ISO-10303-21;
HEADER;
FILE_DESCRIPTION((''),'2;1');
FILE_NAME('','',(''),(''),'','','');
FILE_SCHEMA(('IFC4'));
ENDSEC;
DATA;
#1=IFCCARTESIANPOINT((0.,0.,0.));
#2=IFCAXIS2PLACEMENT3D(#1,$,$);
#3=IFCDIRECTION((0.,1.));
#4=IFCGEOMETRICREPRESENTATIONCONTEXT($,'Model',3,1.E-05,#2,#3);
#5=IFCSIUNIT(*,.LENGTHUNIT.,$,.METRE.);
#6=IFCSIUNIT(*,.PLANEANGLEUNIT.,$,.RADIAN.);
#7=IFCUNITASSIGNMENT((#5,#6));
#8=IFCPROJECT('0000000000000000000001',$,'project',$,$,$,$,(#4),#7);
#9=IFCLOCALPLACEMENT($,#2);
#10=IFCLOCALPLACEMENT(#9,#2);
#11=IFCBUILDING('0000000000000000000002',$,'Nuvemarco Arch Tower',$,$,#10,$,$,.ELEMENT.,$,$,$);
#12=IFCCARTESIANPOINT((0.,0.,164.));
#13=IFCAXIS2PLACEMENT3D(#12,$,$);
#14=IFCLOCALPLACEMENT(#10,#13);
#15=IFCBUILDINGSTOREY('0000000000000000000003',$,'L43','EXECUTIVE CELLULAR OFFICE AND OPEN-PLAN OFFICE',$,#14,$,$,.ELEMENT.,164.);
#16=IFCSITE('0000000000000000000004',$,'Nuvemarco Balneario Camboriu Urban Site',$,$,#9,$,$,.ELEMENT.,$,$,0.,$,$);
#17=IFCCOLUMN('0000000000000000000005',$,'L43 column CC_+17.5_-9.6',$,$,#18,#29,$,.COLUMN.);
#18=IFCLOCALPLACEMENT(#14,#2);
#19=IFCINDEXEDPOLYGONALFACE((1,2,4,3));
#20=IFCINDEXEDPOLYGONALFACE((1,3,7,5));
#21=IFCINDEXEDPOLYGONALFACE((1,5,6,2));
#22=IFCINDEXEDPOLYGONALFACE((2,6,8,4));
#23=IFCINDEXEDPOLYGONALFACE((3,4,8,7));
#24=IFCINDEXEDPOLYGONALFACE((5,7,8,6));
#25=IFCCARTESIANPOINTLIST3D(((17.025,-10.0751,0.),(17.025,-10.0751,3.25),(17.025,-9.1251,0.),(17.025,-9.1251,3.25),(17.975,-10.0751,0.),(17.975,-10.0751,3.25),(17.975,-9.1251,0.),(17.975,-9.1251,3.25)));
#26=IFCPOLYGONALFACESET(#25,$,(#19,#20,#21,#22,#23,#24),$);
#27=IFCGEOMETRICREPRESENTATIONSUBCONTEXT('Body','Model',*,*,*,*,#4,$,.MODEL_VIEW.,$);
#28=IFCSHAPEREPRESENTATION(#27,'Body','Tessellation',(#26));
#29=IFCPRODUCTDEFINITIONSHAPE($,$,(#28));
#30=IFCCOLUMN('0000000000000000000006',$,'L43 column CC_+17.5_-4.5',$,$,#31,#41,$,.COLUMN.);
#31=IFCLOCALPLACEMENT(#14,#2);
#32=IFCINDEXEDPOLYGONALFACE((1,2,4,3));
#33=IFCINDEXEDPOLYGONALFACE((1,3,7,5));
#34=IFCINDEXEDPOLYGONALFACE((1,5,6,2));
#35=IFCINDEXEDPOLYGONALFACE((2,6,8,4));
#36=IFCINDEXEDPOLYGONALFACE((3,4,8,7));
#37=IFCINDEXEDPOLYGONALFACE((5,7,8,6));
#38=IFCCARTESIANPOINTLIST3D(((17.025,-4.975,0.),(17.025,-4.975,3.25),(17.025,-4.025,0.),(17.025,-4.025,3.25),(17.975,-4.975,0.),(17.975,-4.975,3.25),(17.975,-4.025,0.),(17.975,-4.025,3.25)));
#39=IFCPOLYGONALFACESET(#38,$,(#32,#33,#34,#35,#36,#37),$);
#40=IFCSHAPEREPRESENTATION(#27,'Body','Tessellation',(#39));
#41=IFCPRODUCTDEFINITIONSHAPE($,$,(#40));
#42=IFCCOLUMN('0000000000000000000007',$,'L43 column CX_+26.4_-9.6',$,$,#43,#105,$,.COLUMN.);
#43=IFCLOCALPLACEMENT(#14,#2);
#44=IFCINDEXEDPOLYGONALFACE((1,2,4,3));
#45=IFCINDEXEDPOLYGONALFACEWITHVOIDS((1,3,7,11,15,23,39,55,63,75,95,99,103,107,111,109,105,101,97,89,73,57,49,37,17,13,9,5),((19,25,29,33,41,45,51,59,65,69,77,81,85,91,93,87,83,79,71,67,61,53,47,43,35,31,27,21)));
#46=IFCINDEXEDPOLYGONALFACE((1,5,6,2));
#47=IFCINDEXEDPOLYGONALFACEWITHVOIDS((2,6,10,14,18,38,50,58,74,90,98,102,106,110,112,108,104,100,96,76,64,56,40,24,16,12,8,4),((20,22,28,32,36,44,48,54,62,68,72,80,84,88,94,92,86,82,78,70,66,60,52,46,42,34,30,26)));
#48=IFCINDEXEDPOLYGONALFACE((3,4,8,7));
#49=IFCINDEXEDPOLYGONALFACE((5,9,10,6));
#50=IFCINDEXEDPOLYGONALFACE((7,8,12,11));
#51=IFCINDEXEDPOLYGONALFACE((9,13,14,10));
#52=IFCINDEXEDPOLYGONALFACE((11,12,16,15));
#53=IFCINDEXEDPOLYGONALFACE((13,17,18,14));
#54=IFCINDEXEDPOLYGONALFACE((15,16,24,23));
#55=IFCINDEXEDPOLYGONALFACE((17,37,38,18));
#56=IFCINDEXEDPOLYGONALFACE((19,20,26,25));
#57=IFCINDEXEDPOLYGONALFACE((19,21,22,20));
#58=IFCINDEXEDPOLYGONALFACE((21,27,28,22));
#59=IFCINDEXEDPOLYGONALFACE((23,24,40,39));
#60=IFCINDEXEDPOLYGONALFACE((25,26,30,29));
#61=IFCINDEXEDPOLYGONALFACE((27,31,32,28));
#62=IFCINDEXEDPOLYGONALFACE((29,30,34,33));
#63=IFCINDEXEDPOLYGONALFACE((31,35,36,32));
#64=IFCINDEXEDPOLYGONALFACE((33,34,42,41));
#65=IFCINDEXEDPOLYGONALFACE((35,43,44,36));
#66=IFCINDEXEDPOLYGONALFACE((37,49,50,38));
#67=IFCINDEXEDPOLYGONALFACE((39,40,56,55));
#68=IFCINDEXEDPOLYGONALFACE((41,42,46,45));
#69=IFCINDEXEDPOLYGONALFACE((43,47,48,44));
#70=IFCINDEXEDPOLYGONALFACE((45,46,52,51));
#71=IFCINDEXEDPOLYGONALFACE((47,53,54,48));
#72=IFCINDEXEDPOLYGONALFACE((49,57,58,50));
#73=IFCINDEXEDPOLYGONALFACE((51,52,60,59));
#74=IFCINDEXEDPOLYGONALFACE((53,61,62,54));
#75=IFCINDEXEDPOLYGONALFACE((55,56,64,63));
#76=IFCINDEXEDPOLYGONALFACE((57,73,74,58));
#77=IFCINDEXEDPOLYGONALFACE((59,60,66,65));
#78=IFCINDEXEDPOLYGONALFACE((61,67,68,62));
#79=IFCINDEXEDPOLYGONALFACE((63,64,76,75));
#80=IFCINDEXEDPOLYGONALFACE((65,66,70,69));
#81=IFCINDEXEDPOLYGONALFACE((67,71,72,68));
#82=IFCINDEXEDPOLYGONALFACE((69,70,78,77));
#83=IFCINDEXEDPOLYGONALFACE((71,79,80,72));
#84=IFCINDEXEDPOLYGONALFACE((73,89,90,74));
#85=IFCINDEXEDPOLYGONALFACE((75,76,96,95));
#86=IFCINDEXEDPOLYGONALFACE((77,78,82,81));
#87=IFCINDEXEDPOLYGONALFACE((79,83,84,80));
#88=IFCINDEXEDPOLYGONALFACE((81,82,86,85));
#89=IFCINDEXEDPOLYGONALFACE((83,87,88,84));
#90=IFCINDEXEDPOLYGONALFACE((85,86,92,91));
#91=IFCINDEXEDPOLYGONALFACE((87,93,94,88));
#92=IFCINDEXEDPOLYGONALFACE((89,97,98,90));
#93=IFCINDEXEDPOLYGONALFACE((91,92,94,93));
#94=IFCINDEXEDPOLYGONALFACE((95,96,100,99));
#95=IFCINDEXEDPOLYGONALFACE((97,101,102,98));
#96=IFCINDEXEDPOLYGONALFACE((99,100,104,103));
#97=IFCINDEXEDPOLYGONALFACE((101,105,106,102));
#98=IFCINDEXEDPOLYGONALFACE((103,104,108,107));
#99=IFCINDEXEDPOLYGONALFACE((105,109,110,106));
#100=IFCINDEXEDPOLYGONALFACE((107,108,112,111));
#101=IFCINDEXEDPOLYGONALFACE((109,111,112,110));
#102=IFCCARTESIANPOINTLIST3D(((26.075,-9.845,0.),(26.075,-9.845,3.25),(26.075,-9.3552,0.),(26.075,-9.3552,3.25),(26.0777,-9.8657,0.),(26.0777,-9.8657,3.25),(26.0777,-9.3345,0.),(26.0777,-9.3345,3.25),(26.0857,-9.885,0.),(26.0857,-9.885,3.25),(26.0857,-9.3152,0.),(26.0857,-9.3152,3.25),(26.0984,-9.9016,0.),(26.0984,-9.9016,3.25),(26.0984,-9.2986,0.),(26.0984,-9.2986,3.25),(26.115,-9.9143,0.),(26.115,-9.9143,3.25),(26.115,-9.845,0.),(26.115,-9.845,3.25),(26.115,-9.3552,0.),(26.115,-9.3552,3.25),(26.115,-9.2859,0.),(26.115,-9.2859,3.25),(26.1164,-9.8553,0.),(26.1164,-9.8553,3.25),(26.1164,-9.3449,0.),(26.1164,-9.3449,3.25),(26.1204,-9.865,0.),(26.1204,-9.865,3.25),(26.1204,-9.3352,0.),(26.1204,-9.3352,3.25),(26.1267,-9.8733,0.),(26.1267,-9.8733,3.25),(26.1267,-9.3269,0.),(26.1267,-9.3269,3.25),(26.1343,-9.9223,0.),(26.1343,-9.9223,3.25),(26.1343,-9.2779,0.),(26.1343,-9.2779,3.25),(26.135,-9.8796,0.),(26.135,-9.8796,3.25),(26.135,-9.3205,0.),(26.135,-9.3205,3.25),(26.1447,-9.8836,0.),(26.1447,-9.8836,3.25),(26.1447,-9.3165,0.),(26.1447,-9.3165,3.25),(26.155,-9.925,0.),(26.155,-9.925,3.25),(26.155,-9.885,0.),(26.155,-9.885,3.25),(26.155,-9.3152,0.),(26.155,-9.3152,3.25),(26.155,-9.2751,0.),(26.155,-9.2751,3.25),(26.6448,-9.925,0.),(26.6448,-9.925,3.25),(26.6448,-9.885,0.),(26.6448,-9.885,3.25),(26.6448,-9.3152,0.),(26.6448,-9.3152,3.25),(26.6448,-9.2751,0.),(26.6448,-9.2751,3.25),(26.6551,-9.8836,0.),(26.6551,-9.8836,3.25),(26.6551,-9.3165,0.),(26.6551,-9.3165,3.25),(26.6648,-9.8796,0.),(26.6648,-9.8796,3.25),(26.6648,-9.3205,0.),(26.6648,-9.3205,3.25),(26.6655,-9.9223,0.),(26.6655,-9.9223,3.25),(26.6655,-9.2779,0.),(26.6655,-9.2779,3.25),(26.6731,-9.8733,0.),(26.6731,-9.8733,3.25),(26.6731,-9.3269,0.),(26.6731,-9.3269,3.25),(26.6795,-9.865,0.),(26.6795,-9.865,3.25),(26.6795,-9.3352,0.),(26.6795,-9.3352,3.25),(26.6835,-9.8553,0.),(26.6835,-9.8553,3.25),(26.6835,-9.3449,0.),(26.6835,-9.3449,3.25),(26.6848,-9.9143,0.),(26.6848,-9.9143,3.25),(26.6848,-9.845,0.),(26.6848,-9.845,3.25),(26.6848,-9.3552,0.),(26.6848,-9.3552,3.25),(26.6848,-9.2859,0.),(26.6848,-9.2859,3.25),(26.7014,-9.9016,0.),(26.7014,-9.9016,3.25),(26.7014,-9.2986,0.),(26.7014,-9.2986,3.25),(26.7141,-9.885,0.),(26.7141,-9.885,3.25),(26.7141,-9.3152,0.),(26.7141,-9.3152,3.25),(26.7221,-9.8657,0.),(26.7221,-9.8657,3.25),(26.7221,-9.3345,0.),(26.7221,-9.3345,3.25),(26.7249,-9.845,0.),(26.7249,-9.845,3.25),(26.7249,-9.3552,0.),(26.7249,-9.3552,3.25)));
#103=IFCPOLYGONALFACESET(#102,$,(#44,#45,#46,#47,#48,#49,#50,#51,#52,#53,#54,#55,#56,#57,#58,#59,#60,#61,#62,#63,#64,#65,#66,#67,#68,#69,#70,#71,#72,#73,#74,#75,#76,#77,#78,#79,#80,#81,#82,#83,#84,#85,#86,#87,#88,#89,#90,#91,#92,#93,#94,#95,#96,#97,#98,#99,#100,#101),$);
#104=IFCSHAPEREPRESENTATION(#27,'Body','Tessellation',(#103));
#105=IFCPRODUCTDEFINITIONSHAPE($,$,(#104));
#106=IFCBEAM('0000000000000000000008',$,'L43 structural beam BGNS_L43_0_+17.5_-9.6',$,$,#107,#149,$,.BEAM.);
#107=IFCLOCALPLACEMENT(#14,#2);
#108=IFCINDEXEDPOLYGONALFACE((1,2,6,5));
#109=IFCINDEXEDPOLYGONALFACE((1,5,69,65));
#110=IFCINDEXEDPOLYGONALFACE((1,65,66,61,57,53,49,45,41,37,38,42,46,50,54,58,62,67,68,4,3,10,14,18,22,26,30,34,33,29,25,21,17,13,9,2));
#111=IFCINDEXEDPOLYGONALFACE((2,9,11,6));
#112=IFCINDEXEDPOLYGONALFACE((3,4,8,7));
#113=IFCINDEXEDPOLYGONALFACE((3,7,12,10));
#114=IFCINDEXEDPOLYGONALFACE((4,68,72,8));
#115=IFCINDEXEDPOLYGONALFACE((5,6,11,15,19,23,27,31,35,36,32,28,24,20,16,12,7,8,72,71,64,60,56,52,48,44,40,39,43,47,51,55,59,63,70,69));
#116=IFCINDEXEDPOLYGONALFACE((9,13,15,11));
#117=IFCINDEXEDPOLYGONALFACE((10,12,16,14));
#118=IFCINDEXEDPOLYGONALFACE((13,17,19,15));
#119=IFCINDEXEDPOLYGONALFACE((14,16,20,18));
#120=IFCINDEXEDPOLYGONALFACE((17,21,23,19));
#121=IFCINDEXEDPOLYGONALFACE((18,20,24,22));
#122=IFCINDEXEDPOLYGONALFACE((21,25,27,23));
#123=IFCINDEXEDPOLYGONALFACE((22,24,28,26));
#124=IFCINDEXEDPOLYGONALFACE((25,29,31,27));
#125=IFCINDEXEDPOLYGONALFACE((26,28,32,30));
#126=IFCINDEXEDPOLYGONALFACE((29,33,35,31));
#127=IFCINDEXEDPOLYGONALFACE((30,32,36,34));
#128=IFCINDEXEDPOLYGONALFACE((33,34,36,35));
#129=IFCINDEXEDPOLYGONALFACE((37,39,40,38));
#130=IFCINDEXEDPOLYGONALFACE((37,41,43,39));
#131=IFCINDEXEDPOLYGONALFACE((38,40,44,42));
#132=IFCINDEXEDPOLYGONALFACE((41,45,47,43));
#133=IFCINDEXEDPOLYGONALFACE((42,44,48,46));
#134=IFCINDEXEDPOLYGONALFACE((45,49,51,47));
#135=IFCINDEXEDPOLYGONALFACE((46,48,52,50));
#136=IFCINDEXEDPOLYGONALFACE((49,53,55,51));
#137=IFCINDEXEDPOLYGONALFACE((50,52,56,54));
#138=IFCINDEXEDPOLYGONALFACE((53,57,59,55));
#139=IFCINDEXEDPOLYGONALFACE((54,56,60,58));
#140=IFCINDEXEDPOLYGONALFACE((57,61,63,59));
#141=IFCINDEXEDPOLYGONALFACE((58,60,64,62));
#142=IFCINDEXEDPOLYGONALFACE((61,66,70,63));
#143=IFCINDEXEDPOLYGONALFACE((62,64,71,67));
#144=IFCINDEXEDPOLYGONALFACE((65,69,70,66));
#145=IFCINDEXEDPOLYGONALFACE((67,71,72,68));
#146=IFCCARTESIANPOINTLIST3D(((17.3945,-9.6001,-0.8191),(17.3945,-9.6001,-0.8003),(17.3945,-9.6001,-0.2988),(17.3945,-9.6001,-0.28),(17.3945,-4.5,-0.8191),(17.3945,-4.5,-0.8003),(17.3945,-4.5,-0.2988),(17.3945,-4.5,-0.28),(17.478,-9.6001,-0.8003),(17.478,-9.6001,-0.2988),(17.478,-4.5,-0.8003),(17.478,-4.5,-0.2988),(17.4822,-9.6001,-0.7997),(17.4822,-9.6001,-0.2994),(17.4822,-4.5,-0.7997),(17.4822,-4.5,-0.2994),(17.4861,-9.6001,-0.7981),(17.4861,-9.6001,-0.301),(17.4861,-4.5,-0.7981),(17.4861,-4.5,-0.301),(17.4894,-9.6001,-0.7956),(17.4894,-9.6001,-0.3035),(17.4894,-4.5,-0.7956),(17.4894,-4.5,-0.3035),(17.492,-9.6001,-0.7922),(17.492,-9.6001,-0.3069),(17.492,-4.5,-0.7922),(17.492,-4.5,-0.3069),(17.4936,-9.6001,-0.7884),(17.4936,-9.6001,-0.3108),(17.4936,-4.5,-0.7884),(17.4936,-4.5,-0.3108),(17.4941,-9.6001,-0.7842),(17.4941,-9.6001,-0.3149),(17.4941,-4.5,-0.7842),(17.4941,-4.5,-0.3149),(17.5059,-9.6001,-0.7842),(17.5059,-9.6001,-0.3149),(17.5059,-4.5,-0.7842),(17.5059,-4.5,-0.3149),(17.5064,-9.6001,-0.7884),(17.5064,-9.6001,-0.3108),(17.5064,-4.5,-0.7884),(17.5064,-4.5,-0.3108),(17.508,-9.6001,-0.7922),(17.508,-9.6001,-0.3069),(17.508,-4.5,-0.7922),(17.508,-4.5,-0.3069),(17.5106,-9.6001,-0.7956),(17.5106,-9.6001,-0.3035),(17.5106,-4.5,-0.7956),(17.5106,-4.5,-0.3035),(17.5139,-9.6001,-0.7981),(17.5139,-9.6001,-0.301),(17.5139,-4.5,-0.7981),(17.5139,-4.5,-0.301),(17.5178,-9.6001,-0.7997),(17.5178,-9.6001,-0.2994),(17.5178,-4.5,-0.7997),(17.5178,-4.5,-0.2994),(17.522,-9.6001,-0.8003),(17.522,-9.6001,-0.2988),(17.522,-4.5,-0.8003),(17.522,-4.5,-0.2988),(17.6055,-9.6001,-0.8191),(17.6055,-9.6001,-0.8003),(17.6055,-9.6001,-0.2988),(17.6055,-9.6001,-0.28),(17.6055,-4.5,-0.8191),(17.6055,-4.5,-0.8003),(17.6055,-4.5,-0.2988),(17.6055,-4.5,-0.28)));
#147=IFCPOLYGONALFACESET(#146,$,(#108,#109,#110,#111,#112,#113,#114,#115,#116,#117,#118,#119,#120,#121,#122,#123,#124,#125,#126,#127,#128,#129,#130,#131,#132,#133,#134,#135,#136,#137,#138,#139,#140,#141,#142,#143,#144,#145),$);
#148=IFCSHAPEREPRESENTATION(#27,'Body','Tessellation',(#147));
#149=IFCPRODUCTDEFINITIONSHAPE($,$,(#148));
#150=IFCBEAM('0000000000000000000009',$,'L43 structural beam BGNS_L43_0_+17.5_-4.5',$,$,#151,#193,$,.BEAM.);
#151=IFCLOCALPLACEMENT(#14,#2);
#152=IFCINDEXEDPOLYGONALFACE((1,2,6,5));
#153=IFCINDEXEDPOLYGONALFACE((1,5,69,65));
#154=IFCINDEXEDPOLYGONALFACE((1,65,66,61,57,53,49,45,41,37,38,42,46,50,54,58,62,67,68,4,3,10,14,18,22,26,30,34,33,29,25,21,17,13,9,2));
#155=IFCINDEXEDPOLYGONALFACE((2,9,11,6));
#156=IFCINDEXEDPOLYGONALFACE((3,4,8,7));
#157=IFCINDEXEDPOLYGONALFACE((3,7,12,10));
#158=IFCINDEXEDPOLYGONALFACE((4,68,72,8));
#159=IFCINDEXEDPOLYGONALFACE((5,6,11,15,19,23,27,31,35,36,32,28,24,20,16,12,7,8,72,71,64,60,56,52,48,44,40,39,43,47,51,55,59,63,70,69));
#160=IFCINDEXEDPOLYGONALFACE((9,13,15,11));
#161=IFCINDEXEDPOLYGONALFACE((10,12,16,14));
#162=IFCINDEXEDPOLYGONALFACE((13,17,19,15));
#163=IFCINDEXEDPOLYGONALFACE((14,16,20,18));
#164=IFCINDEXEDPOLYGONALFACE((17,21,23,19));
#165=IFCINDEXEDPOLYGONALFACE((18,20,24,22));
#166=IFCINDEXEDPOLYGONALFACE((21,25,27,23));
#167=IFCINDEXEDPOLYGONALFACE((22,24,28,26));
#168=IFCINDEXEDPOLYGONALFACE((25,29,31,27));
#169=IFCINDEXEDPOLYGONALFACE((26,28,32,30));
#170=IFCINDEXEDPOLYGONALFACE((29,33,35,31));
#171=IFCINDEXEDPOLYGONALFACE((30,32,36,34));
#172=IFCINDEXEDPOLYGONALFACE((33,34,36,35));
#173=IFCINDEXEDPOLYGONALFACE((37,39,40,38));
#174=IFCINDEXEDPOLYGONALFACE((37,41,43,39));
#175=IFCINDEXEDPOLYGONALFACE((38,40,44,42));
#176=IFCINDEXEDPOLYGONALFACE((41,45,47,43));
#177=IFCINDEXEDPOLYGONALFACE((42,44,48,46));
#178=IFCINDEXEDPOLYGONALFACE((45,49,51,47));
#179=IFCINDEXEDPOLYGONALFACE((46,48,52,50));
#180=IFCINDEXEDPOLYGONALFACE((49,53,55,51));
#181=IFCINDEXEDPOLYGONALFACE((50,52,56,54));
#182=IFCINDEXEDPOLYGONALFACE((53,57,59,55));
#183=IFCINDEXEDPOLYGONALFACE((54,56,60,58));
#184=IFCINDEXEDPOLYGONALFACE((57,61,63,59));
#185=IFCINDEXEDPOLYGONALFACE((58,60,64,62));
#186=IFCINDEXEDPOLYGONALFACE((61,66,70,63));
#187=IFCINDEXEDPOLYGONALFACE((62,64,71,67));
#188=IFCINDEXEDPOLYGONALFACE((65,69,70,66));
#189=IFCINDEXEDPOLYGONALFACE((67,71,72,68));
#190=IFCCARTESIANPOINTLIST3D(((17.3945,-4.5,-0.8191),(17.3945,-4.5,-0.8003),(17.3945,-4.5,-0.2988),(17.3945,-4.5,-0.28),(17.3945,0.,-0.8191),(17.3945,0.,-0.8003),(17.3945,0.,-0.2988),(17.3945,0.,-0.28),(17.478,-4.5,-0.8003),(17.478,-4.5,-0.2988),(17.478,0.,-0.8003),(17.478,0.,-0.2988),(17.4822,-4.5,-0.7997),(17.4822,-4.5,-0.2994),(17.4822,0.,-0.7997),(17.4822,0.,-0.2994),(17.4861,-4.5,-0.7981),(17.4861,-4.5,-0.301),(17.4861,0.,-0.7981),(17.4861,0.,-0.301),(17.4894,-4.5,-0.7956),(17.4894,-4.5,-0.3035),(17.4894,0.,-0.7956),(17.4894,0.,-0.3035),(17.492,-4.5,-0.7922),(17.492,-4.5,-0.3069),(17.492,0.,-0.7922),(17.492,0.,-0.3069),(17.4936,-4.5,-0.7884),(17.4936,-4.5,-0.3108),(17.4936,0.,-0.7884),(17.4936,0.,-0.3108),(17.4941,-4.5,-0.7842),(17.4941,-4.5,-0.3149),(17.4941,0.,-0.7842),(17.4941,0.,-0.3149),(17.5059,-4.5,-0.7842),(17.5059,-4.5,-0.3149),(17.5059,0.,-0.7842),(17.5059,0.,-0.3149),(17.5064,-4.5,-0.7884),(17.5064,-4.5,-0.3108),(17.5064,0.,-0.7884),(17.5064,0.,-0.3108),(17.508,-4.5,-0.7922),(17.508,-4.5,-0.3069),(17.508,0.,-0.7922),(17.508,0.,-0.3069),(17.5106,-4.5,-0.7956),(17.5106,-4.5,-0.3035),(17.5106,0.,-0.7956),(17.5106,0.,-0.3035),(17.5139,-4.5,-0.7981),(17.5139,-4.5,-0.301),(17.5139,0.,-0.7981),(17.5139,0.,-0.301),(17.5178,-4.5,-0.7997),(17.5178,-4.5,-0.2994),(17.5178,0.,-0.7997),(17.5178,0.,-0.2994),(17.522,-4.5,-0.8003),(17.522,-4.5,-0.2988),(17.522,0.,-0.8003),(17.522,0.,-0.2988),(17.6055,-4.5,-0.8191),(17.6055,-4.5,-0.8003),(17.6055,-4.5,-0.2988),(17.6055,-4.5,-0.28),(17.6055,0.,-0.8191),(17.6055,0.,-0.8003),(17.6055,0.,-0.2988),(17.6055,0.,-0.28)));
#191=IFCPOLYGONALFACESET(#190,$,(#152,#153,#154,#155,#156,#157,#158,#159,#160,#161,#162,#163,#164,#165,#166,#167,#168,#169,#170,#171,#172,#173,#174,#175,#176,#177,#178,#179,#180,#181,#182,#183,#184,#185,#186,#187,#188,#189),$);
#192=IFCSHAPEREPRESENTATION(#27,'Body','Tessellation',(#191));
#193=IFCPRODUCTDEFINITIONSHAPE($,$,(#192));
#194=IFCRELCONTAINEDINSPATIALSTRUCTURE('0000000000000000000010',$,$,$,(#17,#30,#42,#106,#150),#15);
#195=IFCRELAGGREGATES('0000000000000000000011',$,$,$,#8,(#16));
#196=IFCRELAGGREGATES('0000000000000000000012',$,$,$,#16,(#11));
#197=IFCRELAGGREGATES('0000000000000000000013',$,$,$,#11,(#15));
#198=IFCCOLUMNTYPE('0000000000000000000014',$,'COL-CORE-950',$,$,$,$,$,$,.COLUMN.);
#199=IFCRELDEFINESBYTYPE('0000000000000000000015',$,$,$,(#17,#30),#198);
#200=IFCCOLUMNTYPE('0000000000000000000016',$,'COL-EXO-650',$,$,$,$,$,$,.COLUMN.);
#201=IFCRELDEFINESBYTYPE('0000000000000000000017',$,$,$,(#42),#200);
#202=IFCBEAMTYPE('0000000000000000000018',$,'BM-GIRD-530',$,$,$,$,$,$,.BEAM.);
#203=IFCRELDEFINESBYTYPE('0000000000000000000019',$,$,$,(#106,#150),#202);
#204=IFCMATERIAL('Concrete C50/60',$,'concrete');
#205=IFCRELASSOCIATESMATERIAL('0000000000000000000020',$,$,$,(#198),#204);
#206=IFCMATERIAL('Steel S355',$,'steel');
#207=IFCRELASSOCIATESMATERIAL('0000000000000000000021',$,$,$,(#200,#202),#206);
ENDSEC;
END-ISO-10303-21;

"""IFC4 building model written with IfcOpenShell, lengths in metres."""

from ifc_helpers import new_model, si_unit, direction, frame, origin, origin_2d, place, context, subcontext, project, spatial, rectangle, hollow_rectangle, i_section, extrude, material, material_profile, profile_set, type_object, element, save


model = new_model("IFC4")

# Units and contexts
model_context = context("Model", 3, precision=1e-05, world=origin(), true_north=direction((0.0, 1.0)))
body_context = subcontext(model_context, "Body", "Model", "MODEL_VIEW")
ifc_project = project(units=[si_unit("LENGTHUNIT", "METRE"), si_unit("PLANEANGLEUNIT", "RADIAN")], contexts=[model_context])

# Site, building, storey
site_placement = place(None, origin())
site = spatial("IfcSite", under=ifc_project, at=site_placement, Name="Nuvemarco Balneario Camboriu Urban Site", CompositionType="ELEMENT", RefElevation=0.0)
building_placement = place(site_placement, origin())
building = spatial("IfcBuilding", under=site, at=building_placement, Name="Nuvemarco Arch Tower", CompositionType="ELEMENT")
storey_placement = place(building_placement, frame((0.0, 0.0, 164.0)))
storey = spatial("IfcBuildingStorey", under=building, at=storey_placement, Name="L43", Description="EXECUTIVE CELLULAR OFFICE AND OPEN-PLAN OFFICE", CompositionType="ELEMENT", Elevation=164.0)

# Columns
ifc_material_1 = material(Name="Concrete C50/60", Category="concrete")
ifc_material_profile_1 = material_profile(ifc_material_1, rectangle(XDim=0.95, YDim=0.95, at=origin_2d()), Name="RC-COL-950x950")
ifc_profile_set_1 = profile_set([ifc_material_profile_1], Name="Concrete C50/60")
column_type_1 = type_object("IfcColumnType", Name="COL-CORE-950", PredefinedType="COLUMN", material=ifc_profile_set_1)
for number, where, z_axis, x_axis, name in (
    (1, (17.5, -9.6001, 0.0), (0.0, 0.0, 1.0), (1.0, 0.0, 0.0), "L43 column CC_+17.5_-9.6"),
    (2, (17.5, -4.5, 0.0), (0.0, 0.0, 1.0), (1.0, 0.0, 0.0), "L43 column CC_+17.5_-4.5"),
):
    element("IfcColumn", number, at=place(storey_placement, frame(where, z_axis=z_axis, x_axis=x_axis)), inside=storey, type_object=column_type_1, Name=name, PredefinedType="COLUMN", context=body_context, shape_type="SweptSolid", body=[
        extrude(rectangle(XDim=0.95, YDim=0.95, at=origin_2d()), origin(), (0.0, 0.0, 1.0), 3.25),
    ])
ifc_material_2 = material(Name="Steel S355", Category="steel")
ifc_material_profile_2 = material_profile(ifc_material_2, hollow_rectangle(XDim=0.6499, YDim=0.6499, WallThickness=0.04, InnerFilletRadius=0.04, OuterFilletRadius=0.0801, at=origin_2d()), Name="SHS650x650x40")
ifc_profile_set_2 = profile_set([ifc_material_profile_2], Name="Steel S355")
column_type_2 = type_object("IfcColumnType", Name="COL-EXO-650", PredefinedType="COLUMN", material=ifc_profile_set_2)
column_placement = place(storey_placement, frame((26.3999, -9.6001, 0.0), z_axis=(0.0, 0.0, 1.0), x_axis=(1.0, 0.0, 0.0)))
element("IfcColumn", 3, at=column_placement, inside=storey, type_object=column_type_2, Name="L43 column CX_+26.4_-9.6", PredefinedType="COLUMN", context=body_context, shape_type="SweptSolid", body=[
    extrude(hollow_rectangle(XDim=0.6499, YDim=0.6499, WallThickness=0.04, InnerFilletRadius=0.04, OuterFilletRadius=0.0801, at=origin_2d()), origin(), (0.0, 0.0, 1.0), 3.25),
])

# Beams
ifc_material_profile_3 = material_profile(ifc_material_2, i_section(OverallWidth=0.2109, OverallDepth=0.5391, WebThickness=0.0117, FlangeThickness=0.0188, FilletRadius=0.0161, at=origin_2d()), Name="W530x109")
ifc_profile_set_3 = profile_set([ifc_material_profile_3], Name="Steel S355")
beam_type_1 = type_object("IfcBeamType", Name="BM-GIRD-530", PredefinedType="BEAM", material=ifc_profile_set_3)
beam_1_placement = place(storey_placement, frame((17.5, -9.6001, -0.5496), z_axis=(0.0, 1.0, 0.0), x_axis=(-1.0, 0.0, 0.0)))
element("IfcBeam", 4, at=beam_1_placement, inside=storey, type_object=beam_type_1, Name="L43 structural beam BGNS_L43_0_+17.5_-9.6", PredefinedType="BEAM", context=body_context, shape_type="SweptSolid", body=[
    extrude(i_section(OverallWidth=0.2109, OverallDepth=0.5391, WebThickness=0.0117, FlangeThickness=0.0188, FilletRadius=0.0161, at=origin_2d()), origin(), (0.0, 0.0, 1.0), 5.1001),
])
beam_2_placement = place(storey_placement, frame((17.5, -4.5, -0.5496), z_axis=(0.0, 1.0, 0.0), x_axis=(-1.0, 0.0, 0.0)))
element("IfcBeam", 5, at=beam_2_placement, inside=storey, type_object=beam_type_1, Name="L43 structural beam BGNS_L43_0_+17.5_-4.5", PredefinedType="BEAM", context=body_context, shape_type="SweptSolid", body=[
    extrude(i_section(OverallWidth=0.2109, OverallDepth=0.5391, WebThickness=0.0117, FlangeThickness=0.0188, FilletRadius=0.0161, at=origin_2d()), origin(), (0.0, 0.0, 1.0), 4.5),
])

save(model, "model.ifc")
